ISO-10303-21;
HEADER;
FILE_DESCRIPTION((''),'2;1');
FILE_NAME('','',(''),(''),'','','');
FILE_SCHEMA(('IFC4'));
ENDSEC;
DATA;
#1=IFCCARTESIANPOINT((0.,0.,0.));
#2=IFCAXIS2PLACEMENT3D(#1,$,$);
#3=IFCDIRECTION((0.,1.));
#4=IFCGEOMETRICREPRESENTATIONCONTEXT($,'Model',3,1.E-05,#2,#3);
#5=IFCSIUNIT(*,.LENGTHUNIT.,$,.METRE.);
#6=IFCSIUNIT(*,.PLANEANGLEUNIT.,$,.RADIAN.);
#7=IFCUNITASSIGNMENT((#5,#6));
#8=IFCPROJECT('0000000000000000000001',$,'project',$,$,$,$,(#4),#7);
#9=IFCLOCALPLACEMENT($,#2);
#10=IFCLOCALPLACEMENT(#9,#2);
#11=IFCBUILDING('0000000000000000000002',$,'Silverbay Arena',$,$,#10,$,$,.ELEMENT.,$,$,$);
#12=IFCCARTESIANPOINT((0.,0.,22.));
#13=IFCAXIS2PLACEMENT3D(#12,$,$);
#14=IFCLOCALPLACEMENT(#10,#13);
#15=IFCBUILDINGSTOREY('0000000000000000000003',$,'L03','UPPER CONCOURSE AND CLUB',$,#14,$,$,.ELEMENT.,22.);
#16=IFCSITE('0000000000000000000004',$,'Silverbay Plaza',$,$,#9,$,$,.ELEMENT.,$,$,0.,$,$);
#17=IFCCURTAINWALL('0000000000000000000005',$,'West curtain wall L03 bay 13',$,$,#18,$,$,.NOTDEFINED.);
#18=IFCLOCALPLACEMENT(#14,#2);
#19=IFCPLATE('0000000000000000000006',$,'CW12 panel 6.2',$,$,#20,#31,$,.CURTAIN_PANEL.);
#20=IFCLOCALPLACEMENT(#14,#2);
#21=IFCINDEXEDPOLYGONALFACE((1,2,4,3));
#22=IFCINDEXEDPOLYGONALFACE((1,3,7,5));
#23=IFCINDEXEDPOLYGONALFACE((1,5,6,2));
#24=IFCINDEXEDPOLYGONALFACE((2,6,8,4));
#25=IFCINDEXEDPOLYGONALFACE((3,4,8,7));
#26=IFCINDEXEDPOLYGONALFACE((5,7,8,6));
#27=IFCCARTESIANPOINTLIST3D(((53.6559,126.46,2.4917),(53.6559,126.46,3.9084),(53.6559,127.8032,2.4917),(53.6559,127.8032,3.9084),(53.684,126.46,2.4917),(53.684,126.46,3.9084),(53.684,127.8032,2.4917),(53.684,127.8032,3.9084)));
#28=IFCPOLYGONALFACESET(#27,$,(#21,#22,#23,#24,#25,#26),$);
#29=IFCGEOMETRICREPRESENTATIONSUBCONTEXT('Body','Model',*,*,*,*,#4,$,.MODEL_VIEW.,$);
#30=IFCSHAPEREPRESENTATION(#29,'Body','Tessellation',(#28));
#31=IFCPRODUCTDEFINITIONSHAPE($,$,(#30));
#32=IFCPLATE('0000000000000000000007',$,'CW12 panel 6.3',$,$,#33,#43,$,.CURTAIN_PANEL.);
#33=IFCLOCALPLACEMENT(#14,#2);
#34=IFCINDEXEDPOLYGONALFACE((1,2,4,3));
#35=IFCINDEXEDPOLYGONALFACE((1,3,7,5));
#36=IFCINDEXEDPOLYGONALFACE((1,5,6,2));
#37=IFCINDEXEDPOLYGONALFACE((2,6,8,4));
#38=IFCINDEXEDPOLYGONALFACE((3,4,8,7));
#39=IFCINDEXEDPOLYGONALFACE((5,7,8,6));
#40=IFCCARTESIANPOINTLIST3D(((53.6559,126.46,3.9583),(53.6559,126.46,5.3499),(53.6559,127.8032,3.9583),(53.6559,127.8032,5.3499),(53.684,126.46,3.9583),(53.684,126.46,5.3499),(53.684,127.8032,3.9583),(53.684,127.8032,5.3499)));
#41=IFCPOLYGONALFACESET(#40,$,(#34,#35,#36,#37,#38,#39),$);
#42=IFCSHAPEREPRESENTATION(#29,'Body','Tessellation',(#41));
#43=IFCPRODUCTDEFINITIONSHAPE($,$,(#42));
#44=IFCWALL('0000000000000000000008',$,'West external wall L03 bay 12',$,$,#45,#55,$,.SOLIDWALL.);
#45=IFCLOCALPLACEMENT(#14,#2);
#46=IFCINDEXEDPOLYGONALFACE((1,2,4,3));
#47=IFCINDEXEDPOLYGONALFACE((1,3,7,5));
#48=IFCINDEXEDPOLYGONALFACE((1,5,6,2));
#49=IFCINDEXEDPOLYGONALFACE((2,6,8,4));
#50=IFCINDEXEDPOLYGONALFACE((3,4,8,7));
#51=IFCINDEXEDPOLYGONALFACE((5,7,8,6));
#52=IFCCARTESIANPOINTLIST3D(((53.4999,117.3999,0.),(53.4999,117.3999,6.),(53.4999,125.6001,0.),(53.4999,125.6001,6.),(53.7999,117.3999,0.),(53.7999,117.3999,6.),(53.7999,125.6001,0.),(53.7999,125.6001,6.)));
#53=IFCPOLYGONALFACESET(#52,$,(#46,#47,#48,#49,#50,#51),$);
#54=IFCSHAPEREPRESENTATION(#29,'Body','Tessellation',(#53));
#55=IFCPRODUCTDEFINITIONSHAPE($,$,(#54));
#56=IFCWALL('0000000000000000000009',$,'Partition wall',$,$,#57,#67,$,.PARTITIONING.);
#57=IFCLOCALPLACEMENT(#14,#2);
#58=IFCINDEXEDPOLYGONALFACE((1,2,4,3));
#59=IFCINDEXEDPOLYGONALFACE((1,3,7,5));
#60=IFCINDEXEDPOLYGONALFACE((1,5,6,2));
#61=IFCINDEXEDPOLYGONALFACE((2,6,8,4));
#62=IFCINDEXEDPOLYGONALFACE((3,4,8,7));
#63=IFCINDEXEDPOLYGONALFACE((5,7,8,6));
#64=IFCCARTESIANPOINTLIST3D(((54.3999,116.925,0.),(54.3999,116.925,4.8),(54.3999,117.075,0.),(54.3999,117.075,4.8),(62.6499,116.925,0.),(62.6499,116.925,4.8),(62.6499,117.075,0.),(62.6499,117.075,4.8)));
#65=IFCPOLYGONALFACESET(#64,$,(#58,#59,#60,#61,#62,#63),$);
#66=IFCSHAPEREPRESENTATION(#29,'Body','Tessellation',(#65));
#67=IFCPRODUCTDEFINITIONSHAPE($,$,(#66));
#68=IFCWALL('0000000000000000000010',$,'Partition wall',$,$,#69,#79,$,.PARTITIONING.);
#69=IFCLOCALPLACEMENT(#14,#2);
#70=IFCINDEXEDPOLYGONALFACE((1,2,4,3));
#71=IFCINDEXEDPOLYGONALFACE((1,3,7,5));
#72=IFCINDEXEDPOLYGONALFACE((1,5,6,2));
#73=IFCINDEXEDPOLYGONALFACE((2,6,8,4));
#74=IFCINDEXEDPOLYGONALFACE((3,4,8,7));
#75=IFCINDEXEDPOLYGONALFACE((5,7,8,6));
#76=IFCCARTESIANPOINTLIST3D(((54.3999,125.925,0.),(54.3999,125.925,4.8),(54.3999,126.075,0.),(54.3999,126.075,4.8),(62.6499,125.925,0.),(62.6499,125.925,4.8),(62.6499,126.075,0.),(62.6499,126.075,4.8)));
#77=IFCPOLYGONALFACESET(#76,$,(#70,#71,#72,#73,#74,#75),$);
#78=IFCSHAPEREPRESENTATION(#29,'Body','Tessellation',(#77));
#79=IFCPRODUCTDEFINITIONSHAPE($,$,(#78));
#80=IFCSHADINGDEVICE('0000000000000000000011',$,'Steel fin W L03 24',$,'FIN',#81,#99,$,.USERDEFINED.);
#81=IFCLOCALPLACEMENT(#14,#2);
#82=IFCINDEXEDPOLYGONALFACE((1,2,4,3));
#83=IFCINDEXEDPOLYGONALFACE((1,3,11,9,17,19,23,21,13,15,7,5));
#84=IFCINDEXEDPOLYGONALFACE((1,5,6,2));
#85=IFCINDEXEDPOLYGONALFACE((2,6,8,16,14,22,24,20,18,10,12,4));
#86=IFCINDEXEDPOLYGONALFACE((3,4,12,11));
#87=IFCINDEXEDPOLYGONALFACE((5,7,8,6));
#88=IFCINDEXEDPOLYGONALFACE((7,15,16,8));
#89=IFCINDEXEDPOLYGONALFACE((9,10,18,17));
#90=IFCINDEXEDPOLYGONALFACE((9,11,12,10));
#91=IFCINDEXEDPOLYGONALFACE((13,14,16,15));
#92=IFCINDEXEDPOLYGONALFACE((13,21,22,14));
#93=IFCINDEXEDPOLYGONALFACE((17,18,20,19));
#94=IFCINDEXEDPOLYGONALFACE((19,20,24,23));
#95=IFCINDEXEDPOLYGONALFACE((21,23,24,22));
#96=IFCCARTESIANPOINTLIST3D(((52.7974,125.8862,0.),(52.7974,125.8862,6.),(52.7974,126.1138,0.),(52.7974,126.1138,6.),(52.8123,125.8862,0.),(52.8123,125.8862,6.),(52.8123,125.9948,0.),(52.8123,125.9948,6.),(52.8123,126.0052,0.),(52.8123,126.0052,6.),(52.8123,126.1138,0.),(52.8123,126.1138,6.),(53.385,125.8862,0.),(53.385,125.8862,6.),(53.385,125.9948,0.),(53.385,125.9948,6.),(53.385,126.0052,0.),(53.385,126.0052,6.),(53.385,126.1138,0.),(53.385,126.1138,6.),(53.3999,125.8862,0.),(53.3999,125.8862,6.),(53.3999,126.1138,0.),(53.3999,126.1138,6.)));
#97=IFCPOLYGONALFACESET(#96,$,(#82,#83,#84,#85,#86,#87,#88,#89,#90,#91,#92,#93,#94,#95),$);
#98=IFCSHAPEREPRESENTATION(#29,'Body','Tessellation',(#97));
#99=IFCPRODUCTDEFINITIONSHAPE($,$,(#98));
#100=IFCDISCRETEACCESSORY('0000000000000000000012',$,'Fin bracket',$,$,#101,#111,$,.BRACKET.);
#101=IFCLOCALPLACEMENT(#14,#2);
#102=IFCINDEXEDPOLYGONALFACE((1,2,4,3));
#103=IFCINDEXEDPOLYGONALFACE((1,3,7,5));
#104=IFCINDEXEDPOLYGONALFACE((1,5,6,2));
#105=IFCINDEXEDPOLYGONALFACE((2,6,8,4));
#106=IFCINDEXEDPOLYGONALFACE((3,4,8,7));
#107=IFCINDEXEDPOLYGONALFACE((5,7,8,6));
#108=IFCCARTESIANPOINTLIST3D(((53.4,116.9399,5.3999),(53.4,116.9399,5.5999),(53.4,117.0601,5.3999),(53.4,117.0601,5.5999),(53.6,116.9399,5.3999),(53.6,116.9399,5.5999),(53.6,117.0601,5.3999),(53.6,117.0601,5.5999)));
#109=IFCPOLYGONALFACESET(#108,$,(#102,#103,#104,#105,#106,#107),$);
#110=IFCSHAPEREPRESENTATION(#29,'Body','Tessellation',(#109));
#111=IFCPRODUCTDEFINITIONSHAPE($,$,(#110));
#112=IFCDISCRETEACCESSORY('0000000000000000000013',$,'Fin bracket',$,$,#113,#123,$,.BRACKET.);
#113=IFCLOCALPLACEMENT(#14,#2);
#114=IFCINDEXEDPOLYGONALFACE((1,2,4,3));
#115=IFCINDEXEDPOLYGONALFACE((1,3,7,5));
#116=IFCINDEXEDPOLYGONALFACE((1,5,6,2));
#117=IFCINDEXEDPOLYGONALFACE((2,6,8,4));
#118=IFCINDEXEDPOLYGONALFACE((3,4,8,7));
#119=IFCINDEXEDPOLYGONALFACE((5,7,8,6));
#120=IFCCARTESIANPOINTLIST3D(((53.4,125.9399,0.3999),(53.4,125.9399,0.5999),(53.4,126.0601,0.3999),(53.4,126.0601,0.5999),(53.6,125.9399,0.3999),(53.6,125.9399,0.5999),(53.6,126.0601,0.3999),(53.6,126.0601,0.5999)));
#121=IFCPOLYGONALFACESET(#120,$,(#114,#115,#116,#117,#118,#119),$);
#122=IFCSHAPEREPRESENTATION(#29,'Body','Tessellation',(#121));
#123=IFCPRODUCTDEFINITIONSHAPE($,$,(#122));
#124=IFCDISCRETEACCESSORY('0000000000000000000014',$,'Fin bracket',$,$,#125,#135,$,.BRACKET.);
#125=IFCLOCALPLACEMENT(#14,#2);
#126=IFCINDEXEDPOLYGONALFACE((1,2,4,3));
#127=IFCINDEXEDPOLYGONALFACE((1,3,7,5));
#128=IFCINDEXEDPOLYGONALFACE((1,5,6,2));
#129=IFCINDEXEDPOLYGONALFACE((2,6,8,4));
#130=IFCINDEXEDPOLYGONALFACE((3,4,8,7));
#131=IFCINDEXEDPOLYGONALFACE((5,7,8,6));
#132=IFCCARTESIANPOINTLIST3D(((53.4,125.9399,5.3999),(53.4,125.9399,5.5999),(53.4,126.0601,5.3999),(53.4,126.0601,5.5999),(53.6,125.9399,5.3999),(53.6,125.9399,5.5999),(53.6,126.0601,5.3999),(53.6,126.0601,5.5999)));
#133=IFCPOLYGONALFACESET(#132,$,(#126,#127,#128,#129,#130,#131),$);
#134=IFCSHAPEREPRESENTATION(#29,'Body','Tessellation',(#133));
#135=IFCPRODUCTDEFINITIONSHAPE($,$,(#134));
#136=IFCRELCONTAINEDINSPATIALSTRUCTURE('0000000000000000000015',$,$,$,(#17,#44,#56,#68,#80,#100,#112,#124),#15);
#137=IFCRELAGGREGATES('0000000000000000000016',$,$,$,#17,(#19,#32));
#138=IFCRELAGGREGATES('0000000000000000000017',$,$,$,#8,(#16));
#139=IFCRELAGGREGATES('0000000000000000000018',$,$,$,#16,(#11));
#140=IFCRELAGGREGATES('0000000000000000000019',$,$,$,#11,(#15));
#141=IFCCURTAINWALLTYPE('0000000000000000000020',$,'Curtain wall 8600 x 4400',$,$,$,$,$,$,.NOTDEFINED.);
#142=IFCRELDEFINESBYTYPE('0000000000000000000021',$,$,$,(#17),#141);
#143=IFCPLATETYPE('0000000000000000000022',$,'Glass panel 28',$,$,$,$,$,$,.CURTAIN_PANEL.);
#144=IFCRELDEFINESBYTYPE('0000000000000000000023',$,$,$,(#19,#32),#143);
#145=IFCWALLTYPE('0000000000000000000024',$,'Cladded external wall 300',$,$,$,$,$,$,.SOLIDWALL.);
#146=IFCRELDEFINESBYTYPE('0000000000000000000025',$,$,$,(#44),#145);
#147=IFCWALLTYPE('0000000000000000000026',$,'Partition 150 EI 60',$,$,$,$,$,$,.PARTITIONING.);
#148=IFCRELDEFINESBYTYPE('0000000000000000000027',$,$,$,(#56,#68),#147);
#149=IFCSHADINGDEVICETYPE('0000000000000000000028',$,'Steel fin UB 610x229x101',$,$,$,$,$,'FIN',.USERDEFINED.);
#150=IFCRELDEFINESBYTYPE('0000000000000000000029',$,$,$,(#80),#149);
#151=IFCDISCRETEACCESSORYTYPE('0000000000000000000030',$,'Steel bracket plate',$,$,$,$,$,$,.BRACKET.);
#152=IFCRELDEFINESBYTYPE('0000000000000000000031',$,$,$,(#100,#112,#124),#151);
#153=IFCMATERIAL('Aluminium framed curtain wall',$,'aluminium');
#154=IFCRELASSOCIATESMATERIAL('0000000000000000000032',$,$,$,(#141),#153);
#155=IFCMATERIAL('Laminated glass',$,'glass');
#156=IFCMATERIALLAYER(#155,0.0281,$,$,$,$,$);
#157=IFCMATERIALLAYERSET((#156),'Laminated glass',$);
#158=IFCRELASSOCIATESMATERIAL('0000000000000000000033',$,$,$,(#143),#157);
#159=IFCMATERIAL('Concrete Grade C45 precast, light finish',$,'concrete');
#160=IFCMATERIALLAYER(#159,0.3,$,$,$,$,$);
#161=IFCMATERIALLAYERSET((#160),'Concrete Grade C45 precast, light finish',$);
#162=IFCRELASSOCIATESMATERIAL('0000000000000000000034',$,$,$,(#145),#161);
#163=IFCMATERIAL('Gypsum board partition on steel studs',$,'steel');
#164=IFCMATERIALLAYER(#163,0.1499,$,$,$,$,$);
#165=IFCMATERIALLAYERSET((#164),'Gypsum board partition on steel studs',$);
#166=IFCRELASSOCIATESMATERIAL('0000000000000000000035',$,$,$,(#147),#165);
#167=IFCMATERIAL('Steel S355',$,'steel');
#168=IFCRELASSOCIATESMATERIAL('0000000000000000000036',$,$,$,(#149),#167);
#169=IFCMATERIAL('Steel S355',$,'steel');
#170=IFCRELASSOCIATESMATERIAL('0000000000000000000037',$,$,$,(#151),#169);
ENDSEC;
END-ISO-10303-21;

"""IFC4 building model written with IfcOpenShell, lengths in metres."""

from ifc_helpers import new_model, si_unit, direction, frame, frame_2d, origin, origin_2d, place, context, subcontext, project, spatial, rectangle, i_section, extrude, material, layer, layer_set, material_profile, profile_set, type_object, element, aggregate, save


model = new_model("IFC4")

# Units and contexts
model_context = context("Model", 3, precision=1e-05, world=origin(), true_north=direction((0.0, 1.0)))
body_context = subcontext(model_context, "Body", "Model", "MODEL_VIEW")
ifc_project = project(units=[si_unit("LENGTHUNIT", "METRE"), si_unit("PLANEANGLEUNIT", "RADIAN")], contexts=[model_context])

# Site, building, storey
site_placement = place(None, origin())
site = spatial("IfcSite", under=ifc_project, at=site_placement, Name="Silverbay Plaza", CompositionType="ELEMENT", RefElevation=0.0)
building_placement = place(site_placement, origin())
building = spatial("IfcBuilding", under=site, at=building_placement, Name="Silverbay Arena", CompositionType="ELEMENT")
storey_placement = place(building_placement, frame((0.0, 0.0, 22.0)))
storey = spatial("IfcBuildingStorey", under=building, at=storey_placement, Name="L03", Description="UPPER CONCOURSE AND CLUB", CompositionType="ELEMENT", Elevation=22.0)

# Curtain wall
ifc_material_1 = material(Name="Aluminium framed curtain wall", Category="aluminium")
curtain_wall_type = type_object("IfcCurtainWallType", Name="Curtain wall 8600 x 4400", PredefinedType="NOTDEFINED", material=ifc_material_1)
curtain_wall_placement = place(storey_placement, origin())
curtain_wall = element("IfcCurtainWall", 1, at=curtain_wall_placement, inside=storey, type_object=curtain_wall_type, Name="West curtain wall L03 bay 13", PredefinedType="NOTDEFINED")

# Plates
ifc_material_2 = material(Name="Laminated glass", Category="glass")
ifc_layer_1 = layer(ifc_material_2, 0.0281)
ifc_layer_set_1 = layer_set([ifc_layer_1], Name="Laminated glass")
plate_type = type_object("IfcPlateType", Name="Glass panel 28", PredefinedType="CURTAIN_PANEL", material=ifc_layer_set_1)
plate_1_placement = place(storey_placement, frame((53.6699, 127.1316, 2.4917), z_axis=(0.0, 0.0, 1.0), x_axis=(0.0, -1.0, 0.0)))
plate_1 = element("IfcPlate", 2, at=plate_1_placement, type_object=plate_type, Name="CW12 panel 6.2", PredefinedType="CURTAIN_PANEL", context=body_context, shape_type="SweptSolid", body=[
    extrude(rectangle(XDim=1.3433, YDim=0.0281, at=origin_2d()), origin(), (0.0, 0.0, 1.0), 1.4167),
])
plate_2_placement = place(storey_placement, frame((53.6699, 127.1316, 3.9583), z_axis=(0.0, 0.0, 1.0), x_axis=(0.0, -1.0, 0.0)))
plate_2 = element("IfcPlate", 3, at=plate_2_placement, type_object=plate_type, Name="CW12 panel 6.3", PredefinedType="CURTAIN_PANEL", context=body_context, shape_type="SweptSolid", body=[
    extrude(rectangle(XDim=1.3433, YDim=0.0281, at=origin_2d()), origin(), (0.0, 0.0, 1.0), 1.3916),
])
aggregate(curtain_wall, [plate_1, plate_2])

# Walls
ifc_material_3 = material(Name="Concrete Grade C45 precast, light finish", Category="concrete")
ifc_layer_2 = layer(ifc_material_3, 0.3)
ifc_layer_set_2 = layer_set([ifc_layer_2], Name="Concrete Grade C45 precast, light finish")
wall_type_1 = type_object("IfcWallType", Name="Cladded external wall 300", PredefinedType="SOLIDWALL", material=ifc_layer_set_2)
wall_placement = place(storey_placement, frame((53.6499, 125.6001, 0.0), z_axis=(0.0, 0.0, 1.0), x_axis=(0.0, -1.0, 0.0)))
element("IfcWall", 4, at=wall_placement, inside=storey, type_object=wall_type_1, Name="West external wall L03 bay 12", PredefinedType="SOLIDWALL", context=body_context, shape_type="SweptSolid", body=[
    extrude(rectangle(XDim=8.2002, YDim=0.3, at=frame_2d((4.1001, 0.0))), origin(), (0.0, 0.0, 1.0), 6.0),
])
ifc_material_4 = material(Name="Gypsum board partition on steel studs", Category="steel")
ifc_layer_3 = layer(ifc_material_4, 0.1499)
ifc_layer_set_3 = layer_set([ifc_layer_3], Name="Gypsum board partition on steel studs")
wall_type_2 = type_object("IfcWallType", Name="Partition 150 EI 60", PredefinedType="PARTITIONING", material=ifc_layer_set_3)
for number, where, z_axis, x_axis, name in (
    (5, (54.3999, 117.0, 0.0), (0.0, 0.0, 1.0), (1.0, 0.0, 0.0), "Partition wall"),
    (6, (54.3999, 126.0, 0.0), (0.0, 0.0, 1.0), (1.0, 0.0, 0.0), "Partition wall"),
):
    element("IfcWall", number, at=place(storey_placement, frame(where, z_axis=z_axis, x_axis=x_axis)), inside=storey, type_object=wall_type_2, Name=name, PredefinedType="PARTITIONING", context=body_context, shape_type="SweptSolid", body=[
        extrude(rectangle(XDim=8.25, YDim=0.1499, at=frame_2d((4.125, 0.0))), origin(), (0.0, 0.0, 1.0), 4.8),
    ])

# Shading device
ifc_material_5 = material(Name="Steel S355", Category="steel")
ifc_material_profile_1 = material_profile(ifc_material_5, i_section(OverallWidth=0.2275, OverallDepth=0.6025, WebThickness=0.0105, FlangeThickness=0.0149, at=origin_2d()), Name="UB 610x229x101")
ifc_profile_set_1 = profile_set([ifc_material_profile_1], Name="Steel S355")
shading_device_type = type_object("IfcShadingDeviceType", Name="Steel fin UB 610x229x101", ElementType="FIN", PredefinedType="USERDEFINED", material=ifc_profile_set_1)
shading_device_placement = place(storey_placement, frame((53.0986, 126.0, 0.0), z_axis=(0.0, 0.0, 1.0), x_axis=(0.0, 1.0, 0.0)))
element("IfcShadingDevice", 7, at=shading_device_placement, inside=storey, type_object=shading_device_type, Name="Steel fin W L03 24", ObjectType="FIN", PredefinedType="USERDEFINED", context=body_context, shape_type="SweptSolid", body=[
    extrude(i_section(OverallWidth=0.2275, OverallDepth=0.6025, WebThickness=0.0105, FlangeThickness=0.0149, at=origin_2d()), origin(), (0.0, 0.0, 1.0), 6.0),
])

# Discrete accessories
ifc_material_6 = material(Name="Steel S355", Category="steel")
discrete_accessory_type = type_object("IfcDiscreteAccessoryType", Name="Steel bracket plate", PredefinedType="BRACKET", material=ifc_material_6)
for number, where, z_axis, x_axis, name in (
    (8, (53.5, 117.0, 5.3999), (0.0, 0.0, 1.0), (1.0, 0.0, 0.0), "Fin bracket"),
    (9, (53.5, 126.0, 0.3999), (0.0, 0.0, 1.0), (1.0, 0.0, 0.0), "Fin bracket"),
    (10, (53.5, 126.0, 5.3999), (0.0, 0.0, 1.0), (1.0, 0.0, 0.0), "Fin bracket"),
):
    element("IfcDiscreteAccessory", number, at=place(storey_placement, frame(where, z_axis=z_axis, x_axis=x_axis)), inside=storey, type_object=discrete_accessory_type, Name=name, PredefinedType="BRACKET", context=body_context, shape_type="SweptSolid", body=[
        extrude(rectangle(XDim=0.2, YDim=0.1201, at=origin_2d()), origin(), (0.0, 0.0, 1.0), 0.2),
    ])

save(model, "model.ifc")
